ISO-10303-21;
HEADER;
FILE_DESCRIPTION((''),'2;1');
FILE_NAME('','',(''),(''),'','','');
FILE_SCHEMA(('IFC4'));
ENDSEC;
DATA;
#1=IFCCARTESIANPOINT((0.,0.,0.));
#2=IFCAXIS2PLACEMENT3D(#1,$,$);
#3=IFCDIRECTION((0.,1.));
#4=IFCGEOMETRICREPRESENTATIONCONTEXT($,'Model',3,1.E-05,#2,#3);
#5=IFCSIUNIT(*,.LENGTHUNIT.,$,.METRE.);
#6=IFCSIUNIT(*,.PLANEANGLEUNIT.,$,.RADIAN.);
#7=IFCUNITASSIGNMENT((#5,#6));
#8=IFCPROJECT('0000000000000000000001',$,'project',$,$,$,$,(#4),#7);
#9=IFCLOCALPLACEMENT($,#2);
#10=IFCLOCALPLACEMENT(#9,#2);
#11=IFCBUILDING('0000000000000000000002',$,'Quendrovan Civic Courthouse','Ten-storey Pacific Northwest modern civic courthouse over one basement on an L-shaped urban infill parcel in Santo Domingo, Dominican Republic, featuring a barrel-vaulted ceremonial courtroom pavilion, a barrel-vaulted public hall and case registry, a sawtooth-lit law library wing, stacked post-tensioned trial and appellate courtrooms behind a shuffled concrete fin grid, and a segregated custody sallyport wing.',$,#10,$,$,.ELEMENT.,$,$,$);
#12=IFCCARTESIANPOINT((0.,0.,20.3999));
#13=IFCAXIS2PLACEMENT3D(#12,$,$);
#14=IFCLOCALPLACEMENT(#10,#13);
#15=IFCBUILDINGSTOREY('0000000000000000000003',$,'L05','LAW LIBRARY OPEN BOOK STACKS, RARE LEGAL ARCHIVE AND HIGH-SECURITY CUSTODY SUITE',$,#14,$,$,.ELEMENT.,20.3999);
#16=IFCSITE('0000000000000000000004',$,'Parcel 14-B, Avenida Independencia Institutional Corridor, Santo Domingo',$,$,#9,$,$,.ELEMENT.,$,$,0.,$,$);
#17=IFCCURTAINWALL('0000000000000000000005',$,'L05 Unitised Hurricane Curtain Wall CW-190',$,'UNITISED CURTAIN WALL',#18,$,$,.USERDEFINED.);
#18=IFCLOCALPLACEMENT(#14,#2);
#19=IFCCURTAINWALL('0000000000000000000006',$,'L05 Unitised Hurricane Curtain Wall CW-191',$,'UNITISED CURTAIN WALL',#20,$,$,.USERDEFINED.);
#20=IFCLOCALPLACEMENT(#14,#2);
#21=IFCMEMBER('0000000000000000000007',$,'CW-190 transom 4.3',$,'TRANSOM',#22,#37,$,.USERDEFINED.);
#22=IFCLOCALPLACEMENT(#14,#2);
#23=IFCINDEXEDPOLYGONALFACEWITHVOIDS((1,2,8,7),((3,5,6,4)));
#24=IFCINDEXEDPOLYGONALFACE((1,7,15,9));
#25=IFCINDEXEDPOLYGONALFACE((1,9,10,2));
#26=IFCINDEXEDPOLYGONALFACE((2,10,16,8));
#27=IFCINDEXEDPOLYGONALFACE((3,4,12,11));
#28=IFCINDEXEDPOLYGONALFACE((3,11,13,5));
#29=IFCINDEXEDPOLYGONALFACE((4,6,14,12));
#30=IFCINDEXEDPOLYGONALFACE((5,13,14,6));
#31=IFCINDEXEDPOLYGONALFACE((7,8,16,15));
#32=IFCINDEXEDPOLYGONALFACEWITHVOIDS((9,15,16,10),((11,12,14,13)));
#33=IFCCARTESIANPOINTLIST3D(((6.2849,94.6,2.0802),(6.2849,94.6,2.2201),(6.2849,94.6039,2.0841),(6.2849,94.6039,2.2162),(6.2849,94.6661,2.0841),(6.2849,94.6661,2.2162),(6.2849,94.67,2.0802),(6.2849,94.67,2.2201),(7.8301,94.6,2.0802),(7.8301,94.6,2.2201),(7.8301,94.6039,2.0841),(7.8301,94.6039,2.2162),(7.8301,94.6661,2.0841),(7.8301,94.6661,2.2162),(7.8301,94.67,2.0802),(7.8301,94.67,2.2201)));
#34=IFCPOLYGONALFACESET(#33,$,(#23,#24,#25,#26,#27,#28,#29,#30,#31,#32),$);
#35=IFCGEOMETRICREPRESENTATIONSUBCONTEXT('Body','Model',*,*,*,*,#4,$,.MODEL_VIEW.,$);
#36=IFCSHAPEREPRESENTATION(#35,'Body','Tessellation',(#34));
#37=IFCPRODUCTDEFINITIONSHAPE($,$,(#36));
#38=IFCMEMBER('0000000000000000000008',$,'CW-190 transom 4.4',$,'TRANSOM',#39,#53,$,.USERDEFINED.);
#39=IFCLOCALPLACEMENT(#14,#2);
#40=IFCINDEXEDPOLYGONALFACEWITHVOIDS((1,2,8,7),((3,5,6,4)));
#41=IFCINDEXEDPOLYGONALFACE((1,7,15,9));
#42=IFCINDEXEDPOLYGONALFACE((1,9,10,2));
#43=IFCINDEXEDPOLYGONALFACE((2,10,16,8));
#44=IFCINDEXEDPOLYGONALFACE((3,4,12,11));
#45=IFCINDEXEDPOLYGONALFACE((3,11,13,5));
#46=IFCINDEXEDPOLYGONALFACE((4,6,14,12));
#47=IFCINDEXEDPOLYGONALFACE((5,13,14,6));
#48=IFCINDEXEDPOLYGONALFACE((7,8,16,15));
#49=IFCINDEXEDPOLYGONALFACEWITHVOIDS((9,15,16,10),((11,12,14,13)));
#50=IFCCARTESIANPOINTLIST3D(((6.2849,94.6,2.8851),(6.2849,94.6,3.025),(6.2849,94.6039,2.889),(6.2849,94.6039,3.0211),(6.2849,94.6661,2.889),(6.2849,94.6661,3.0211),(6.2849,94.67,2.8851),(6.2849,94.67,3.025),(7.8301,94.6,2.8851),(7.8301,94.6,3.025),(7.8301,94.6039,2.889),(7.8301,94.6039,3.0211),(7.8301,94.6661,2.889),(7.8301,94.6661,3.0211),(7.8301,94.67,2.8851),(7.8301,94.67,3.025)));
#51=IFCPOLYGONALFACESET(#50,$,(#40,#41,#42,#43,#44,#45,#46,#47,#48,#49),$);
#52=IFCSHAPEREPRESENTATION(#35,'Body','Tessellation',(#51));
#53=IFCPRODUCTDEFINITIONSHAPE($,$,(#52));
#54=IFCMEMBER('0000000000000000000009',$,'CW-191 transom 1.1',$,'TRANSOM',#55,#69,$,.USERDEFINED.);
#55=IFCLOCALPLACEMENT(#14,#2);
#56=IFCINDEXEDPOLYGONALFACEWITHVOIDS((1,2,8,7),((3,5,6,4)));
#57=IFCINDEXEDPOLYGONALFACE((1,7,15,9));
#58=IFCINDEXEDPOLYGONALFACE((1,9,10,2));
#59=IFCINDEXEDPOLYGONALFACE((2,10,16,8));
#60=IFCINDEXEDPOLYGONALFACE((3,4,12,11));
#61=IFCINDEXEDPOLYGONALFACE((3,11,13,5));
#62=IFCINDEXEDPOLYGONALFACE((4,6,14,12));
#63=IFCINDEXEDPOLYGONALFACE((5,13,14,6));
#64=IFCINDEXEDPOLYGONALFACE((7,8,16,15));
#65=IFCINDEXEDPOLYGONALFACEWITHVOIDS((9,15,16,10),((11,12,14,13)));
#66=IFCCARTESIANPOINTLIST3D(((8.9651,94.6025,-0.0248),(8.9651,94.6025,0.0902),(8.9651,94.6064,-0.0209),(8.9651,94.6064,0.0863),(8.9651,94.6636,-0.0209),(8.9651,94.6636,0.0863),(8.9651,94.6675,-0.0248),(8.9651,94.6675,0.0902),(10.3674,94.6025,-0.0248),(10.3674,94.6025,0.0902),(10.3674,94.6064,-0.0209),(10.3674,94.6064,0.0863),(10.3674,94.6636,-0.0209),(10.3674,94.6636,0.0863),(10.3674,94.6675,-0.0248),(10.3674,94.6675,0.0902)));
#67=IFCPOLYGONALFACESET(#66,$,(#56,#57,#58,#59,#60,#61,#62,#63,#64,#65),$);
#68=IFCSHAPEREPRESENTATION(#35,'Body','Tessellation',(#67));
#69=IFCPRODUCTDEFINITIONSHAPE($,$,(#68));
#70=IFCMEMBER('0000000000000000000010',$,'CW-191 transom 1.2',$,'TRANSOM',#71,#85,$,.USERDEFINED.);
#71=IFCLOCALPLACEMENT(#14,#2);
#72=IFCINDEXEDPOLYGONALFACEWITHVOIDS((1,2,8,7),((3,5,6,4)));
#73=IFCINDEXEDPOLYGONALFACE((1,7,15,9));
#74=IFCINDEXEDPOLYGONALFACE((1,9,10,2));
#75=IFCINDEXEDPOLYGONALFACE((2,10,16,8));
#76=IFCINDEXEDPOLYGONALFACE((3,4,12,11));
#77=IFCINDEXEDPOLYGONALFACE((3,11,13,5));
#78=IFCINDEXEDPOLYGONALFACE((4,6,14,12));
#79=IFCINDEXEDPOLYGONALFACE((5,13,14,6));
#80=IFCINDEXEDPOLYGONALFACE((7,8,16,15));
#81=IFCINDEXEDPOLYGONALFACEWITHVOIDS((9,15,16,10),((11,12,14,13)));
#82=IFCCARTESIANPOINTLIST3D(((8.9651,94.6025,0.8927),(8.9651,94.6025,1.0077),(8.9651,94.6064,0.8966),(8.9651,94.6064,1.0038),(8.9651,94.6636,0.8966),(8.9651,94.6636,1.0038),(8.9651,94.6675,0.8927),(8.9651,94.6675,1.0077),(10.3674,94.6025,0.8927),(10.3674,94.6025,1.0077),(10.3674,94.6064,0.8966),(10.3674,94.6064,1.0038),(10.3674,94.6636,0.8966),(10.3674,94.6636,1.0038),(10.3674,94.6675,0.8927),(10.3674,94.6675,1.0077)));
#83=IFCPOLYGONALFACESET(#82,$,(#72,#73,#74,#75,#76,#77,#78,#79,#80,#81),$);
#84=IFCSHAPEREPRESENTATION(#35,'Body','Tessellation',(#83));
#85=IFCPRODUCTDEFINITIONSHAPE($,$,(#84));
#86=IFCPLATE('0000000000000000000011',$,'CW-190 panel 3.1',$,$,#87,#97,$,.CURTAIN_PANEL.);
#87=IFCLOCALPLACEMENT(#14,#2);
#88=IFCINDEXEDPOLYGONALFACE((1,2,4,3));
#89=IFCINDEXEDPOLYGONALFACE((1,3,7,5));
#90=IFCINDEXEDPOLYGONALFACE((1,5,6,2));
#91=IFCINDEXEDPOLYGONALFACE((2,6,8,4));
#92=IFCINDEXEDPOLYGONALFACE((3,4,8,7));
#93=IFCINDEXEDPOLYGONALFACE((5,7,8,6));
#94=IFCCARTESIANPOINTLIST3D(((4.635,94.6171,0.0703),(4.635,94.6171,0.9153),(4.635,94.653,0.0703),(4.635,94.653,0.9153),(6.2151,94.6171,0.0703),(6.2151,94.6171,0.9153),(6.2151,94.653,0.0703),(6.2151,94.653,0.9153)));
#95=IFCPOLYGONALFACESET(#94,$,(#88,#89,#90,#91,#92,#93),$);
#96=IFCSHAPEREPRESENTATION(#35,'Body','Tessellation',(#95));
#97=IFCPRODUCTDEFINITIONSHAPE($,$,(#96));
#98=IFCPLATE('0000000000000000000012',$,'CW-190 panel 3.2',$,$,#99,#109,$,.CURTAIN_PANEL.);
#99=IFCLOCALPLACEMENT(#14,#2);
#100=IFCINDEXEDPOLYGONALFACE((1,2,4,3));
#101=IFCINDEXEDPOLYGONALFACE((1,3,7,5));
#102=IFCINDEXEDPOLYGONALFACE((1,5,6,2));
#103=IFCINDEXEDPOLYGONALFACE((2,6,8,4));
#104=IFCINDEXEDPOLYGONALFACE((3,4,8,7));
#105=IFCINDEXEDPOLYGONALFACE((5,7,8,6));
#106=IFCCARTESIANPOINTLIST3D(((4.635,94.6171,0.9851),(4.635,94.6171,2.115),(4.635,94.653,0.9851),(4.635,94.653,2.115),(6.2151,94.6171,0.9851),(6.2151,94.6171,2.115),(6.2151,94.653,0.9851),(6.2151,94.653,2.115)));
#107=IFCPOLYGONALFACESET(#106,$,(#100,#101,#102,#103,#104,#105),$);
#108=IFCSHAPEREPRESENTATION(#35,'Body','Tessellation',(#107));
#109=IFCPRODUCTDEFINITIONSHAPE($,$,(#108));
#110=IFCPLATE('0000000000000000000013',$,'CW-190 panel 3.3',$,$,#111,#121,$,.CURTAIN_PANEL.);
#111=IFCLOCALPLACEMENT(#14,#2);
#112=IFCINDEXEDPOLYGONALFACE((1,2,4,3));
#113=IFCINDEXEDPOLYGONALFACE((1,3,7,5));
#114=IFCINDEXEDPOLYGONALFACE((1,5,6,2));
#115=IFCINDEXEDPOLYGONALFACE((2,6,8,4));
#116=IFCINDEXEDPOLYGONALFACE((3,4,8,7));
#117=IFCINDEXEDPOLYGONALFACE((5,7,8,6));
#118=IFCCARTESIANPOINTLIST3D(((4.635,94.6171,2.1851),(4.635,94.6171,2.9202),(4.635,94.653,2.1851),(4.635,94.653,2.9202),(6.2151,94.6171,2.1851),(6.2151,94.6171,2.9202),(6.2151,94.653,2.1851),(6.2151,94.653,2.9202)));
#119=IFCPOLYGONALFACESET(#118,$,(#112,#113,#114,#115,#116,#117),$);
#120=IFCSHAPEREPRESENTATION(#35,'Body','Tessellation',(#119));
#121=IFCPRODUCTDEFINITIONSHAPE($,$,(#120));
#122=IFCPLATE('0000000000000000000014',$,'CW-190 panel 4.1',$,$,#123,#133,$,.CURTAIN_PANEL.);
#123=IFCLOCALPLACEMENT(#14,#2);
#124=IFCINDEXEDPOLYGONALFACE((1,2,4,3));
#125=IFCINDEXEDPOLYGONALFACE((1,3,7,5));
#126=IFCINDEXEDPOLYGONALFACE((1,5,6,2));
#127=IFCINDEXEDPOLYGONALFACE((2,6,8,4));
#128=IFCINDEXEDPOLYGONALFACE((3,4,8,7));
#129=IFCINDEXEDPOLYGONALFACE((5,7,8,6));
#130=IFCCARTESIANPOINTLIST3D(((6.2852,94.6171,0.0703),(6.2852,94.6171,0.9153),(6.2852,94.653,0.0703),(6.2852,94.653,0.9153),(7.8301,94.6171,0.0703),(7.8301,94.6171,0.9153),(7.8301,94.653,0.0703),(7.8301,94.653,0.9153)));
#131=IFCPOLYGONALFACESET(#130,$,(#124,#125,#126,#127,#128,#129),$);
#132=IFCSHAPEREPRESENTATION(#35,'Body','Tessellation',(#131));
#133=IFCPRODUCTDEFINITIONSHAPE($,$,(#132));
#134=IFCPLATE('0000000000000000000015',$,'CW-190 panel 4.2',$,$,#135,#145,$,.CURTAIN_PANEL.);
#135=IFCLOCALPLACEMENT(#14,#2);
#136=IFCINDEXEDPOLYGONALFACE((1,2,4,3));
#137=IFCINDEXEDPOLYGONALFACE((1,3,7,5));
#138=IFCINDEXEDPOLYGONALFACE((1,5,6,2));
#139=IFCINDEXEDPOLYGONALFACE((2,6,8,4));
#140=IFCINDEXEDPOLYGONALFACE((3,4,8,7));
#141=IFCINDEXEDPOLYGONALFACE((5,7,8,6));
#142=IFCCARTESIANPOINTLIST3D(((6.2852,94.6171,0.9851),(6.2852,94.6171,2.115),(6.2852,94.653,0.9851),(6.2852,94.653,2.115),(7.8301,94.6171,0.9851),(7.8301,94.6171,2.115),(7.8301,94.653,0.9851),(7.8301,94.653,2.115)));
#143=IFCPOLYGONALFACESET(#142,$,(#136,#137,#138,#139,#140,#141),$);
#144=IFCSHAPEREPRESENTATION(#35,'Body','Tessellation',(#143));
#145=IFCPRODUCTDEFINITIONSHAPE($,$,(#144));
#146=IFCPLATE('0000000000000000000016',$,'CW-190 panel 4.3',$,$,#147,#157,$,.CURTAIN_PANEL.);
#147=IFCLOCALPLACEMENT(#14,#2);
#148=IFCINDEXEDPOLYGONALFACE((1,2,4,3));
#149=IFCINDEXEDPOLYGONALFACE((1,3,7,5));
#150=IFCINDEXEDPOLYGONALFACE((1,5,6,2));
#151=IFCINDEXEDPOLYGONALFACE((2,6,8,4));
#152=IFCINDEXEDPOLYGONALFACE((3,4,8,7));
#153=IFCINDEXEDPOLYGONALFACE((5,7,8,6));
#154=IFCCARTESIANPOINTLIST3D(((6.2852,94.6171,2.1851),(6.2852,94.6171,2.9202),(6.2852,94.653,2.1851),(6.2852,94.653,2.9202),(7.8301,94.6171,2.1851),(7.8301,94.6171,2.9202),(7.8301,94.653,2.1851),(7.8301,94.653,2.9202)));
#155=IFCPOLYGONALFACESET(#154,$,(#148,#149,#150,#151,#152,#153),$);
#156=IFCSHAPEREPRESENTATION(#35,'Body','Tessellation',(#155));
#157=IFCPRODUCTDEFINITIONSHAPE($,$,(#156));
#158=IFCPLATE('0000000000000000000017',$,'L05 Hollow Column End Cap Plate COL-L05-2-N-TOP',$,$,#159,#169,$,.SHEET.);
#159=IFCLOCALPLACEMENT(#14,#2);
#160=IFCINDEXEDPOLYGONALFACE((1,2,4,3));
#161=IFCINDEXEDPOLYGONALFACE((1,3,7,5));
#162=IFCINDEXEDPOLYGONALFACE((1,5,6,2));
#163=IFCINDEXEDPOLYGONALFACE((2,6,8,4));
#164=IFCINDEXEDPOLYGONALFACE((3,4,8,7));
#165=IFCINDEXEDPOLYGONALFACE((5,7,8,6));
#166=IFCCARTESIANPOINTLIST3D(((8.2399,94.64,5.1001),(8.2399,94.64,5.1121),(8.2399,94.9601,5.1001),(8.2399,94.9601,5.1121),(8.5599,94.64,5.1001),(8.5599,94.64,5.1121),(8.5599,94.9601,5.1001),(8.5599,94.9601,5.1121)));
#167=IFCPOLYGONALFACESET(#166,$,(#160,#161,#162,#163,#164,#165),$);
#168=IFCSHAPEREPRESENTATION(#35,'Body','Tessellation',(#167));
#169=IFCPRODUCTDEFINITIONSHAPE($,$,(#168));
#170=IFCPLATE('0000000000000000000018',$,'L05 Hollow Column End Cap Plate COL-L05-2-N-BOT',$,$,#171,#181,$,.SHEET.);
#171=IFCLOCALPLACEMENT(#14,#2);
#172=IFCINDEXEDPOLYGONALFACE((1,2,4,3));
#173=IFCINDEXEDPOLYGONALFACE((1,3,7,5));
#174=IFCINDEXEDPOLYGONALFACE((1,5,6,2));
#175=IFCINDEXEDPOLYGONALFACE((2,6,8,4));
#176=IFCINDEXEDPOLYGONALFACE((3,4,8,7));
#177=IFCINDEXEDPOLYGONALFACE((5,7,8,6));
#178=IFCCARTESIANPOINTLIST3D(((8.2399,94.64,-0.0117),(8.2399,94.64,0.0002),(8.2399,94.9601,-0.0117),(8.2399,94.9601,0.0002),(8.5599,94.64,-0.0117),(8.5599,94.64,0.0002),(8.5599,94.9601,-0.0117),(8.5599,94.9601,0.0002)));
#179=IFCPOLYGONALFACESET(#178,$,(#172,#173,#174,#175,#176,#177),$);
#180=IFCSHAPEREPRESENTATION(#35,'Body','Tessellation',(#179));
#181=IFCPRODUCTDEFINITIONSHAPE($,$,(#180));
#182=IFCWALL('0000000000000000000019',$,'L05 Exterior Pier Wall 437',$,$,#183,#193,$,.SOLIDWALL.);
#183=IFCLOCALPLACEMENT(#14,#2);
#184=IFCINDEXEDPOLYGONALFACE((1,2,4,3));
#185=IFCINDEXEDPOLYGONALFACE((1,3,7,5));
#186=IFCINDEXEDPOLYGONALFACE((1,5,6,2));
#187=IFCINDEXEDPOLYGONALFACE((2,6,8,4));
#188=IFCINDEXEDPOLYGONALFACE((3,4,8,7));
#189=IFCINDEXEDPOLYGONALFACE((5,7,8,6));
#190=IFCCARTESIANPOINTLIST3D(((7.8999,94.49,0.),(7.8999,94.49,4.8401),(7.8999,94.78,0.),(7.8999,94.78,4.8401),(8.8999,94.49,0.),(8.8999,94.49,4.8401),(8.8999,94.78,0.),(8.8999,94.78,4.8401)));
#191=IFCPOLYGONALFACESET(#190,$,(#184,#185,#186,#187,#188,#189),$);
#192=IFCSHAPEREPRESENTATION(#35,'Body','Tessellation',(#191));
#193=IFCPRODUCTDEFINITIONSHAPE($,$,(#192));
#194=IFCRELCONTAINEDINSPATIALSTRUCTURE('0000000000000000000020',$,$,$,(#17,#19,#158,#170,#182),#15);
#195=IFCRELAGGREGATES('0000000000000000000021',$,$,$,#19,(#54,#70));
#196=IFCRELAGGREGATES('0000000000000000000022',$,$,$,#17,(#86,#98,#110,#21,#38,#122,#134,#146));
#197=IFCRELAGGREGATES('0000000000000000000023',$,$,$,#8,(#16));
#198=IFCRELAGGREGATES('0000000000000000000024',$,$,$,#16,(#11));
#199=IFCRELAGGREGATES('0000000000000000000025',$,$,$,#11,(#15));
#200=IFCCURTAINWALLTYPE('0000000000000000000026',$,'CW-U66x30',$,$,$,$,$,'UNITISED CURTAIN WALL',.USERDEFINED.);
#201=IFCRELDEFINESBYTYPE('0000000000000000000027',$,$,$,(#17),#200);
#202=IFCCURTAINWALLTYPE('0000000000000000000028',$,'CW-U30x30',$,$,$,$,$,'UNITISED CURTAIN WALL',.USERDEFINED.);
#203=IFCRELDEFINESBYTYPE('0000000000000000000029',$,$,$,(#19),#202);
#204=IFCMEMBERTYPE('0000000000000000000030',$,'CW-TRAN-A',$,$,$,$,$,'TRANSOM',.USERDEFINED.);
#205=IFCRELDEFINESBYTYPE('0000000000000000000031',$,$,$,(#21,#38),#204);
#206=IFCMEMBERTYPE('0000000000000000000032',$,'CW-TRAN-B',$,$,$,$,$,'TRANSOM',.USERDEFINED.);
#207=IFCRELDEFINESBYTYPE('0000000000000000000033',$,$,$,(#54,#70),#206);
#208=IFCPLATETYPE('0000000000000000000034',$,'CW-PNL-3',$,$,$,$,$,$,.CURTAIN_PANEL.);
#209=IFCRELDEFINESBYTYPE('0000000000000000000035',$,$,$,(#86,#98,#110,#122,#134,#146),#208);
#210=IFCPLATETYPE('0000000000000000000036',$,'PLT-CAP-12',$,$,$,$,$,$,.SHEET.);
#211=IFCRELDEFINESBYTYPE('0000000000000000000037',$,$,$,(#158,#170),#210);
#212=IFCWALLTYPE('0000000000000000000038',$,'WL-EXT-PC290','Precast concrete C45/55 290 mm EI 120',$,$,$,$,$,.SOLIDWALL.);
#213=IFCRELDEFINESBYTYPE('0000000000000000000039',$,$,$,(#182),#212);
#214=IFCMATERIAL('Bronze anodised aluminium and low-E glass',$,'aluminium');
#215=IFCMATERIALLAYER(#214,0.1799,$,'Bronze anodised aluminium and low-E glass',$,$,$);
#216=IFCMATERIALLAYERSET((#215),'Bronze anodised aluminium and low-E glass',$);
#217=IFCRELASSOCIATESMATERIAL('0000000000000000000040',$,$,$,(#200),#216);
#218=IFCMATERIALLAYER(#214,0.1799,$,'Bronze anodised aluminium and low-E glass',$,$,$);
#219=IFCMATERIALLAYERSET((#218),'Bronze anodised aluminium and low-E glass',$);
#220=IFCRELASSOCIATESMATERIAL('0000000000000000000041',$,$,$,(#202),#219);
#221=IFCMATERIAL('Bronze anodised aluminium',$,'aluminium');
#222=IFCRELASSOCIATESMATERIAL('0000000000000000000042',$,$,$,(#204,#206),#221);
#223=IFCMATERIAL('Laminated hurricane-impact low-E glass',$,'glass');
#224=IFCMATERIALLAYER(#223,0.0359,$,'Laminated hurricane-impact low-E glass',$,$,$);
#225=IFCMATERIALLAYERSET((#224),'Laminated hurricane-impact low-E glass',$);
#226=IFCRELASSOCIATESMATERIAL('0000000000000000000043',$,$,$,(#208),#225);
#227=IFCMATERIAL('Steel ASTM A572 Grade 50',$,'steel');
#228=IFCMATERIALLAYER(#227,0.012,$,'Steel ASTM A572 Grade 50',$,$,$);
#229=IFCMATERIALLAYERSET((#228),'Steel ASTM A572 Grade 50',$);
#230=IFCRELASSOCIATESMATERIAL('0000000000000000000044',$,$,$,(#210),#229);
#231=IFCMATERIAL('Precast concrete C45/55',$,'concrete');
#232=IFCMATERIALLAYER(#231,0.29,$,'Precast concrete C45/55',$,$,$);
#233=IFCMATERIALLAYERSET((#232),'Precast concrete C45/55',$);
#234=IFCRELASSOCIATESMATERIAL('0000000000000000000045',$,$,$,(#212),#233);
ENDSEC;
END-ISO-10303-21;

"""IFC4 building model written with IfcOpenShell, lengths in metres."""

from ifc_helpers import new_model, si_unit, direction, frame, frame_2d, origin, origin_2d, place, context, subcontext, project, spatial, rectangle, hollow_rectangle, extrude, material, layer, layer_set, material_profile, profile_set, type_object, element, aggregate, save


model = new_model("IFC4")

# Units and contexts
model_context = context("Model", 3, precision=1e-05, world=origin(), true_north=direction((0.0, 1.0)))
body_context = subcontext(model_context, "Body", "Model", "MODEL_VIEW")
ifc_project = project(units=[si_unit("LENGTHUNIT", "METRE"), si_unit("PLANEANGLEUNIT", "RADIAN")], contexts=[model_context])

# Site, building, storey
site_placement = place(None, origin())
site = spatial("IfcSite", under=ifc_project, at=site_placement, Name="Parcel 14-B, Avenida Independencia Institutional Corridor, Santo Domingo", CompositionType="ELEMENT", RefElevation=0.0)
building_placement = place(site_placement, origin())
building = spatial("IfcBuilding", under=site, at=building_placement, Name="Quendrovan Civic Courthouse", Description="Ten-storey Pacific Northwest modern civic courthouse over one basement on an L-shaped urban infill parcel in Santo Domingo, Dominican Republic, featuring a barrel-vaulted ceremonial courtroom pavilion, a barrel-vaulted public hall and case registry, a sawtooth-lit law library wing, stacked post-tensioned trial and appellate courtrooms behind a shuffled concrete fin grid, and a segregated custody sallyport wing.", CompositionType="ELEMENT")
storey_placement = place(building_placement, frame((0.0, 0.0, 20.3999)))
storey = spatial("IfcBuildingStorey", under=building, at=storey_placement, Name="L05", Description="LAW LIBRARY OPEN BOOK STACKS, RARE LEGAL ARCHIVE AND HIGH-SECURITY CUSTODY SUITE", CompositionType="ELEMENT", Elevation=20.3999)

# Curtain wall
ifc_material_1 = material(Name="Bronze anodised aluminium and low-E glass", Category="aluminium")
ifc_layer_1 = layer(ifc_material_1, 0.1799, Name="Bronze anodised aluminium and low-E glass")
ifc_layer_set_1 = layer_set([ifc_layer_1], Name="Bronze anodised aluminium and low-E glass")
curtain_wall_type_1 = type_object("IfcCurtainWallType", Name="CW-U66x30", ElementType="UNITISED CURTAIN WALL", PredefinedType="USERDEFINED", material=ifc_layer_set_1)
curtain_wall_1_placement = place(storey_placement, origin())
curtain_wall_1 = element("IfcCurtainWall", 1, at=curtain_wall_1_placement, inside=storey, type_object=curtain_wall_type_1, Name="L05 Unitised Hurricane Curtain Wall CW-190", ObjectType="UNITISED CURTAIN WALL", PredefinedType="USERDEFINED")
ifc_material_2 = material(Name="Bronze anodised aluminium", Category="aluminium")

# Curtain wall
ifc_layer_2 = layer(ifc_material_1, 0.1799, Name="Bronze anodised aluminium and low-E glass")
ifc_layer_set_2 = layer_set([ifc_layer_2], Name="Bronze anodised aluminium and low-E glass")
curtain_wall_type_2 = type_object("IfcCurtainWallType", Name="CW-U30x30", ElementType="UNITISED CURTAIN WALL", PredefinedType="USERDEFINED", material=ifc_layer_set_2)
curtain_wall_2_placement = place(storey_placement, origin())
curtain_wall_2 = element("IfcCurtainWall", 2, at=curtain_wall_2_placement, inside=storey, type_object=curtain_wall_type_2, Name="L05 Unitised Hurricane Curtain Wall CW-191", ObjectType="UNITISED CURTAIN WALL", PredefinedType="USERDEFINED")

# Members
ifc_material_profile_1 = material_profile(ifc_material_2, hollow_rectangle(XDim=0.0701, YDim=0.1399, WallThickness=0.0039, at=origin_2d()), Name="CW-TRAN-70x140")
ifc_profile_set_1 = profile_set([ifc_material_profile_1], Name="Bronze anodised aluminium")
member_type_1 = type_object("IfcMemberType", Name="CW-TRAN-A", ElementType="TRANSOM", PredefinedType="USERDEFINED", material=ifc_profile_set_1)
member_1_placement = place(storey_placement, frame((6.2849, 94.635, 2.1501), z_axis=(1.0, 0.0, 0.0), x_axis=(0.0, 1.0, 0.0)))
member_1 = element("IfcMember", 3, at=member_1_placement, type_object=member_type_1, Name="CW-190 transom 4.3", ObjectType="TRANSOM", PredefinedType="USERDEFINED", context=body_context, shape_type="SweptSolid", body=[
    extrude(hollow_rectangle(XDim=0.0701, YDim=0.1399, WallThickness=0.0039, at=origin_2d()), origin(), (0.0, 0.0, 1.0), 1.5452),
])
member_2_placement = place(storey_placement, frame((6.2849, 94.635, 2.9551), z_axis=(1.0, 0.0, 0.0), x_axis=(0.0, 1.0, 0.0)))
member_2 = element("IfcMember", 4, at=member_2_placement, type_object=member_type_1, Name="CW-190 transom 4.4", ObjectType="TRANSOM", PredefinedType="USERDEFINED", context=body_context, shape_type="SweptSolid", body=[
    extrude(hollow_rectangle(XDim=0.0701, YDim=0.1399, WallThickness=0.0039, at=origin_2d()), origin(), (0.0, 0.0, 1.0), 1.5452),
])
ifc_material_profile_2 = material_profile(ifc_material_2, hollow_rectangle(XDim=0.0649, YDim=0.115, WallThickness=0.0039, at=origin_2d()), Name="CW-TRAN-65x115")
ifc_profile_set_2 = profile_set([ifc_material_profile_2], Name="Bronze anodised aluminium")
member_type_2 = type_object("IfcMemberType", Name="CW-TRAN-B", ElementType="TRANSOM", PredefinedType="USERDEFINED", material=ifc_profile_set_2)
member_3_placement = place(storey_placement, frame((8.9651, 94.635, 0.0327), z_axis=(1.0, 0.0, 0.0), x_axis=(0.0, 1.0, 0.0)))
member_3 = element("IfcMember", 5, at=member_3_placement, type_object=member_type_2, Name="CW-191 transom 1.1", ObjectType="TRANSOM", PredefinedType="USERDEFINED", context=body_context, shape_type="SweptSolid", body=[
    extrude(hollow_rectangle(XDim=0.0649, YDim=0.115, WallThickness=0.0039, at=origin_2d()), origin(), (0.0, 0.0, 1.0), 1.4023),
])
member_4_placement = place(storey_placement, frame((8.9651, 94.635, 0.9502), z_axis=(1.0, 0.0, 0.0), x_axis=(0.0, 1.0, 0.0)))
member_4 = element("IfcMember", 6, at=member_4_placement, type_object=member_type_2, Name="CW-191 transom 1.2", ObjectType="TRANSOM", PredefinedType="USERDEFINED", context=body_context, shape_type="SweptSolid", body=[
    extrude(hollow_rectangle(XDim=0.0649, YDim=0.115, WallThickness=0.0039, at=origin_2d()), origin(), (0.0, 0.0, 1.0), 1.4023),
])
aggregate(curtain_wall_2, [member_3, member_4])

# Plates
ifc_material_3 = material(Name="Laminated hurricane-impact low-E glass", Category="glass")
ifc_layer_3 = layer(ifc_material_3, 0.0359, Name="Laminated hurricane-impact low-E glass")
ifc_layer_set_3 = layer_set([ifc_layer_3], Name="Laminated hurricane-impact low-E glass")
plate_type_1 = type_object("IfcPlateType", Name="CW-PNL-3", PredefinedType="CURTAIN_PANEL", material=ifc_layer_set_3)
plate_1_placement = place(storey_placement, frame((5.425, 94.635, 0.0703), z_axis=(0.0, 0.0, 1.0), x_axis=(1.0, 0.0, 0.0)))
plate_1 = element("IfcPlate", 7, at=plate_1_placement, type_object=plate_type_1, Name="CW-190 panel 3.1", PredefinedType="CURTAIN_PANEL", context=body_context, shape_type="SweptSolid", body=[
    extrude(rectangle(XDim=1.5801, YDim=0.0359, at=origin_2d()), origin(), (0.0, 0.0, 1.0), 0.845),
])
plate_2_placement = place(storey_placement, frame((5.425, 94.635, 0.9851), z_axis=(0.0, 0.0, 1.0), x_axis=(1.0, 0.0, 0.0)))
plate_2 = element("IfcPlate", 8, at=plate_2_placement, type_object=plate_type_1, Name="CW-190 panel 3.2", PredefinedType="CURTAIN_PANEL", context=body_context, shape_type="SweptSolid", body=[
    extrude(rectangle(XDim=1.5801, YDim=0.0359, at=origin_2d()), origin(), (0.0, 0.0, 1.0), 1.1299),
])
plate_3_placement = place(storey_placement, frame((5.425, 94.635, 2.1851), z_axis=(0.0, 0.0, 1.0), x_axis=(1.0, 0.0, 0.0)))
plate_3 = element("IfcPlate", 9, at=plate_3_placement, type_object=plate_type_1, Name="CW-190 panel 3.3", PredefinedType="CURTAIN_PANEL", context=body_context, shape_type="SweptSolid", body=[
    extrude(rectangle(XDim=1.5801, YDim=0.0359, at=origin_2d()), origin(), (0.0, 0.0, 1.0), 0.7351),
])
plate_4_placement = place(storey_placement, frame((7.0576, 94.635, 0.0703), z_axis=(0.0, 0.0, 1.0), x_axis=(1.0, 0.0, 0.0)))
plate_4 = element("IfcPlate", 10, at=plate_4_placement, type_object=plate_type_1, Name="CW-190 panel 4.1", PredefinedType="CURTAIN_PANEL", context=body_context, shape_type="SweptSolid", body=[
    extrude(rectangle(XDim=1.5449, YDim=0.0359, at=origin_2d()), origin(), (0.0, 0.0, 1.0), 0.845),
])
plate_5_placement = place(storey_placement, frame((7.0576, 94.635, 0.9851), z_axis=(0.0, 0.0, 1.0), x_axis=(1.0, 0.0, 0.0)))
plate_5 = element("IfcPlate", 11, at=plate_5_placement, type_object=plate_type_1, Name="CW-190 panel 4.2", PredefinedType="CURTAIN_PANEL", context=body_context, shape_type="SweptSolid", body=[
    extrude(rectangle(XDim=1.5449, YDim=0.0359, at=origin_2d()), origin(), (0.0, 0.0, 1.0), 1.1299),
])
plate_6_placement = place(storey_placement, frame((7.0576, 94.635, 2.1851), z_axis=(0.0, 0.0, 1.0), x_axis=(1.0, 0.0, 0.0)))
plate_6 = element("IfcPlate", 12, at=plate_6_placement, type_object=plate_type_1, Name="CW-190 panel 4.3", PredefinedType="CURTAIN_PANEL", context=body_context, shape_type="SweptSolid", body=[
    extrude(rectangle(XDim=1.5449, YDim=0.0359, at=origin_2d()), origin(), (0.0, 0.0, 1.0), 0.7351),
])
aggregate(curtain_wall_1, [plate_1, plate_2, plate_3, member_1, member_2, plate_4, plate_5, plate_6])

# Plates
ifc_material_4 = material(Name="Steel ASTM A572 Grade 50", Category="steel")
ifc_layer_4 = layer(ifc_material_4, 0.012, Name="Steel ASTM A572 Grade 50")
ifc_layer_set_4 = layer_set([ifc_layer_4], Name="Steel ASTM A572 Grade 50")
plate_type_2 = type_object("IfcPlateType", Name="PLT-CAP-12", PredefinedType="SHEET", material=ifc_layer_set_4)
for number, where, z_axis, x_axis, name in (
    (13, (8.3999, 94.8, 5.1001), (0.0, 0.0, 1.0), (1.0, 0.0, 0.0), "L05 Hollow Column End Cap Plate COL-L05-2-N-TOP"),
    (14, (8.3999, 94.8, -0.0117), (0.0, 0.0, 1.0), (1.0, 0.0, 0.0), "L05 Hollow Column End Cap Plate COL-L05-2-N-BOT"),
):
    element("IfcPlate", number, at=place(storey_placement, frame(where, z_axis=z_axis, x_axis=x_axis)), inside=storey, type_object=plate_type_2, Name=name, PredefinedType="SHEET", context=body_context, shape_type="SweptSolid", body=[
        extrude(rectangle(XDim=0.3201, YDim=0.3201, at=origin_2d()), origin(), (0.0, 0.0, 1.0), 0.012),
    ])

# Wall
ifc_material_5 = material(Name="Precast concrete C45/55", Category="concrete")
ifc_layer_5 = layer(ifc_material_5, 0.29, Name="Precast concrete C45/55")
ifc_layer_set_5 = layer_set([ifc_layer_5], Name="Precast concrete C45/55")
wall_type_1 = type_object("IfcWallType", Name="WL-EXT-PC290", Description="Precast concrete C45/55 290 mm EI 120", PredefinedType="SOLIDWALL", material=ifc_layer_set_5)
wall_1_placement = place(storey_placement, frame((7.8999, 94.635, 0.0), z_axis=(0.0, 0.0, 1.0), x_axis=(1.0, 0.0, 0.0)))
element("IfcWall", 15, at=wall_1_placement, inside=storey, type_object=wall_type_1, Name="L05 Exterior Pier Wall 437", PredefinedType="SOLIDWALL", context=body_context, shape_type="SweptSolid", body=[
    extrude(rectangle(XDim=1.0, YDim=0.29, at=frame_2d((0.5, 0.0))), origin(), (0.0, 0.0, 1.0), 4.8401),
])

save(model, "model.ifc")
